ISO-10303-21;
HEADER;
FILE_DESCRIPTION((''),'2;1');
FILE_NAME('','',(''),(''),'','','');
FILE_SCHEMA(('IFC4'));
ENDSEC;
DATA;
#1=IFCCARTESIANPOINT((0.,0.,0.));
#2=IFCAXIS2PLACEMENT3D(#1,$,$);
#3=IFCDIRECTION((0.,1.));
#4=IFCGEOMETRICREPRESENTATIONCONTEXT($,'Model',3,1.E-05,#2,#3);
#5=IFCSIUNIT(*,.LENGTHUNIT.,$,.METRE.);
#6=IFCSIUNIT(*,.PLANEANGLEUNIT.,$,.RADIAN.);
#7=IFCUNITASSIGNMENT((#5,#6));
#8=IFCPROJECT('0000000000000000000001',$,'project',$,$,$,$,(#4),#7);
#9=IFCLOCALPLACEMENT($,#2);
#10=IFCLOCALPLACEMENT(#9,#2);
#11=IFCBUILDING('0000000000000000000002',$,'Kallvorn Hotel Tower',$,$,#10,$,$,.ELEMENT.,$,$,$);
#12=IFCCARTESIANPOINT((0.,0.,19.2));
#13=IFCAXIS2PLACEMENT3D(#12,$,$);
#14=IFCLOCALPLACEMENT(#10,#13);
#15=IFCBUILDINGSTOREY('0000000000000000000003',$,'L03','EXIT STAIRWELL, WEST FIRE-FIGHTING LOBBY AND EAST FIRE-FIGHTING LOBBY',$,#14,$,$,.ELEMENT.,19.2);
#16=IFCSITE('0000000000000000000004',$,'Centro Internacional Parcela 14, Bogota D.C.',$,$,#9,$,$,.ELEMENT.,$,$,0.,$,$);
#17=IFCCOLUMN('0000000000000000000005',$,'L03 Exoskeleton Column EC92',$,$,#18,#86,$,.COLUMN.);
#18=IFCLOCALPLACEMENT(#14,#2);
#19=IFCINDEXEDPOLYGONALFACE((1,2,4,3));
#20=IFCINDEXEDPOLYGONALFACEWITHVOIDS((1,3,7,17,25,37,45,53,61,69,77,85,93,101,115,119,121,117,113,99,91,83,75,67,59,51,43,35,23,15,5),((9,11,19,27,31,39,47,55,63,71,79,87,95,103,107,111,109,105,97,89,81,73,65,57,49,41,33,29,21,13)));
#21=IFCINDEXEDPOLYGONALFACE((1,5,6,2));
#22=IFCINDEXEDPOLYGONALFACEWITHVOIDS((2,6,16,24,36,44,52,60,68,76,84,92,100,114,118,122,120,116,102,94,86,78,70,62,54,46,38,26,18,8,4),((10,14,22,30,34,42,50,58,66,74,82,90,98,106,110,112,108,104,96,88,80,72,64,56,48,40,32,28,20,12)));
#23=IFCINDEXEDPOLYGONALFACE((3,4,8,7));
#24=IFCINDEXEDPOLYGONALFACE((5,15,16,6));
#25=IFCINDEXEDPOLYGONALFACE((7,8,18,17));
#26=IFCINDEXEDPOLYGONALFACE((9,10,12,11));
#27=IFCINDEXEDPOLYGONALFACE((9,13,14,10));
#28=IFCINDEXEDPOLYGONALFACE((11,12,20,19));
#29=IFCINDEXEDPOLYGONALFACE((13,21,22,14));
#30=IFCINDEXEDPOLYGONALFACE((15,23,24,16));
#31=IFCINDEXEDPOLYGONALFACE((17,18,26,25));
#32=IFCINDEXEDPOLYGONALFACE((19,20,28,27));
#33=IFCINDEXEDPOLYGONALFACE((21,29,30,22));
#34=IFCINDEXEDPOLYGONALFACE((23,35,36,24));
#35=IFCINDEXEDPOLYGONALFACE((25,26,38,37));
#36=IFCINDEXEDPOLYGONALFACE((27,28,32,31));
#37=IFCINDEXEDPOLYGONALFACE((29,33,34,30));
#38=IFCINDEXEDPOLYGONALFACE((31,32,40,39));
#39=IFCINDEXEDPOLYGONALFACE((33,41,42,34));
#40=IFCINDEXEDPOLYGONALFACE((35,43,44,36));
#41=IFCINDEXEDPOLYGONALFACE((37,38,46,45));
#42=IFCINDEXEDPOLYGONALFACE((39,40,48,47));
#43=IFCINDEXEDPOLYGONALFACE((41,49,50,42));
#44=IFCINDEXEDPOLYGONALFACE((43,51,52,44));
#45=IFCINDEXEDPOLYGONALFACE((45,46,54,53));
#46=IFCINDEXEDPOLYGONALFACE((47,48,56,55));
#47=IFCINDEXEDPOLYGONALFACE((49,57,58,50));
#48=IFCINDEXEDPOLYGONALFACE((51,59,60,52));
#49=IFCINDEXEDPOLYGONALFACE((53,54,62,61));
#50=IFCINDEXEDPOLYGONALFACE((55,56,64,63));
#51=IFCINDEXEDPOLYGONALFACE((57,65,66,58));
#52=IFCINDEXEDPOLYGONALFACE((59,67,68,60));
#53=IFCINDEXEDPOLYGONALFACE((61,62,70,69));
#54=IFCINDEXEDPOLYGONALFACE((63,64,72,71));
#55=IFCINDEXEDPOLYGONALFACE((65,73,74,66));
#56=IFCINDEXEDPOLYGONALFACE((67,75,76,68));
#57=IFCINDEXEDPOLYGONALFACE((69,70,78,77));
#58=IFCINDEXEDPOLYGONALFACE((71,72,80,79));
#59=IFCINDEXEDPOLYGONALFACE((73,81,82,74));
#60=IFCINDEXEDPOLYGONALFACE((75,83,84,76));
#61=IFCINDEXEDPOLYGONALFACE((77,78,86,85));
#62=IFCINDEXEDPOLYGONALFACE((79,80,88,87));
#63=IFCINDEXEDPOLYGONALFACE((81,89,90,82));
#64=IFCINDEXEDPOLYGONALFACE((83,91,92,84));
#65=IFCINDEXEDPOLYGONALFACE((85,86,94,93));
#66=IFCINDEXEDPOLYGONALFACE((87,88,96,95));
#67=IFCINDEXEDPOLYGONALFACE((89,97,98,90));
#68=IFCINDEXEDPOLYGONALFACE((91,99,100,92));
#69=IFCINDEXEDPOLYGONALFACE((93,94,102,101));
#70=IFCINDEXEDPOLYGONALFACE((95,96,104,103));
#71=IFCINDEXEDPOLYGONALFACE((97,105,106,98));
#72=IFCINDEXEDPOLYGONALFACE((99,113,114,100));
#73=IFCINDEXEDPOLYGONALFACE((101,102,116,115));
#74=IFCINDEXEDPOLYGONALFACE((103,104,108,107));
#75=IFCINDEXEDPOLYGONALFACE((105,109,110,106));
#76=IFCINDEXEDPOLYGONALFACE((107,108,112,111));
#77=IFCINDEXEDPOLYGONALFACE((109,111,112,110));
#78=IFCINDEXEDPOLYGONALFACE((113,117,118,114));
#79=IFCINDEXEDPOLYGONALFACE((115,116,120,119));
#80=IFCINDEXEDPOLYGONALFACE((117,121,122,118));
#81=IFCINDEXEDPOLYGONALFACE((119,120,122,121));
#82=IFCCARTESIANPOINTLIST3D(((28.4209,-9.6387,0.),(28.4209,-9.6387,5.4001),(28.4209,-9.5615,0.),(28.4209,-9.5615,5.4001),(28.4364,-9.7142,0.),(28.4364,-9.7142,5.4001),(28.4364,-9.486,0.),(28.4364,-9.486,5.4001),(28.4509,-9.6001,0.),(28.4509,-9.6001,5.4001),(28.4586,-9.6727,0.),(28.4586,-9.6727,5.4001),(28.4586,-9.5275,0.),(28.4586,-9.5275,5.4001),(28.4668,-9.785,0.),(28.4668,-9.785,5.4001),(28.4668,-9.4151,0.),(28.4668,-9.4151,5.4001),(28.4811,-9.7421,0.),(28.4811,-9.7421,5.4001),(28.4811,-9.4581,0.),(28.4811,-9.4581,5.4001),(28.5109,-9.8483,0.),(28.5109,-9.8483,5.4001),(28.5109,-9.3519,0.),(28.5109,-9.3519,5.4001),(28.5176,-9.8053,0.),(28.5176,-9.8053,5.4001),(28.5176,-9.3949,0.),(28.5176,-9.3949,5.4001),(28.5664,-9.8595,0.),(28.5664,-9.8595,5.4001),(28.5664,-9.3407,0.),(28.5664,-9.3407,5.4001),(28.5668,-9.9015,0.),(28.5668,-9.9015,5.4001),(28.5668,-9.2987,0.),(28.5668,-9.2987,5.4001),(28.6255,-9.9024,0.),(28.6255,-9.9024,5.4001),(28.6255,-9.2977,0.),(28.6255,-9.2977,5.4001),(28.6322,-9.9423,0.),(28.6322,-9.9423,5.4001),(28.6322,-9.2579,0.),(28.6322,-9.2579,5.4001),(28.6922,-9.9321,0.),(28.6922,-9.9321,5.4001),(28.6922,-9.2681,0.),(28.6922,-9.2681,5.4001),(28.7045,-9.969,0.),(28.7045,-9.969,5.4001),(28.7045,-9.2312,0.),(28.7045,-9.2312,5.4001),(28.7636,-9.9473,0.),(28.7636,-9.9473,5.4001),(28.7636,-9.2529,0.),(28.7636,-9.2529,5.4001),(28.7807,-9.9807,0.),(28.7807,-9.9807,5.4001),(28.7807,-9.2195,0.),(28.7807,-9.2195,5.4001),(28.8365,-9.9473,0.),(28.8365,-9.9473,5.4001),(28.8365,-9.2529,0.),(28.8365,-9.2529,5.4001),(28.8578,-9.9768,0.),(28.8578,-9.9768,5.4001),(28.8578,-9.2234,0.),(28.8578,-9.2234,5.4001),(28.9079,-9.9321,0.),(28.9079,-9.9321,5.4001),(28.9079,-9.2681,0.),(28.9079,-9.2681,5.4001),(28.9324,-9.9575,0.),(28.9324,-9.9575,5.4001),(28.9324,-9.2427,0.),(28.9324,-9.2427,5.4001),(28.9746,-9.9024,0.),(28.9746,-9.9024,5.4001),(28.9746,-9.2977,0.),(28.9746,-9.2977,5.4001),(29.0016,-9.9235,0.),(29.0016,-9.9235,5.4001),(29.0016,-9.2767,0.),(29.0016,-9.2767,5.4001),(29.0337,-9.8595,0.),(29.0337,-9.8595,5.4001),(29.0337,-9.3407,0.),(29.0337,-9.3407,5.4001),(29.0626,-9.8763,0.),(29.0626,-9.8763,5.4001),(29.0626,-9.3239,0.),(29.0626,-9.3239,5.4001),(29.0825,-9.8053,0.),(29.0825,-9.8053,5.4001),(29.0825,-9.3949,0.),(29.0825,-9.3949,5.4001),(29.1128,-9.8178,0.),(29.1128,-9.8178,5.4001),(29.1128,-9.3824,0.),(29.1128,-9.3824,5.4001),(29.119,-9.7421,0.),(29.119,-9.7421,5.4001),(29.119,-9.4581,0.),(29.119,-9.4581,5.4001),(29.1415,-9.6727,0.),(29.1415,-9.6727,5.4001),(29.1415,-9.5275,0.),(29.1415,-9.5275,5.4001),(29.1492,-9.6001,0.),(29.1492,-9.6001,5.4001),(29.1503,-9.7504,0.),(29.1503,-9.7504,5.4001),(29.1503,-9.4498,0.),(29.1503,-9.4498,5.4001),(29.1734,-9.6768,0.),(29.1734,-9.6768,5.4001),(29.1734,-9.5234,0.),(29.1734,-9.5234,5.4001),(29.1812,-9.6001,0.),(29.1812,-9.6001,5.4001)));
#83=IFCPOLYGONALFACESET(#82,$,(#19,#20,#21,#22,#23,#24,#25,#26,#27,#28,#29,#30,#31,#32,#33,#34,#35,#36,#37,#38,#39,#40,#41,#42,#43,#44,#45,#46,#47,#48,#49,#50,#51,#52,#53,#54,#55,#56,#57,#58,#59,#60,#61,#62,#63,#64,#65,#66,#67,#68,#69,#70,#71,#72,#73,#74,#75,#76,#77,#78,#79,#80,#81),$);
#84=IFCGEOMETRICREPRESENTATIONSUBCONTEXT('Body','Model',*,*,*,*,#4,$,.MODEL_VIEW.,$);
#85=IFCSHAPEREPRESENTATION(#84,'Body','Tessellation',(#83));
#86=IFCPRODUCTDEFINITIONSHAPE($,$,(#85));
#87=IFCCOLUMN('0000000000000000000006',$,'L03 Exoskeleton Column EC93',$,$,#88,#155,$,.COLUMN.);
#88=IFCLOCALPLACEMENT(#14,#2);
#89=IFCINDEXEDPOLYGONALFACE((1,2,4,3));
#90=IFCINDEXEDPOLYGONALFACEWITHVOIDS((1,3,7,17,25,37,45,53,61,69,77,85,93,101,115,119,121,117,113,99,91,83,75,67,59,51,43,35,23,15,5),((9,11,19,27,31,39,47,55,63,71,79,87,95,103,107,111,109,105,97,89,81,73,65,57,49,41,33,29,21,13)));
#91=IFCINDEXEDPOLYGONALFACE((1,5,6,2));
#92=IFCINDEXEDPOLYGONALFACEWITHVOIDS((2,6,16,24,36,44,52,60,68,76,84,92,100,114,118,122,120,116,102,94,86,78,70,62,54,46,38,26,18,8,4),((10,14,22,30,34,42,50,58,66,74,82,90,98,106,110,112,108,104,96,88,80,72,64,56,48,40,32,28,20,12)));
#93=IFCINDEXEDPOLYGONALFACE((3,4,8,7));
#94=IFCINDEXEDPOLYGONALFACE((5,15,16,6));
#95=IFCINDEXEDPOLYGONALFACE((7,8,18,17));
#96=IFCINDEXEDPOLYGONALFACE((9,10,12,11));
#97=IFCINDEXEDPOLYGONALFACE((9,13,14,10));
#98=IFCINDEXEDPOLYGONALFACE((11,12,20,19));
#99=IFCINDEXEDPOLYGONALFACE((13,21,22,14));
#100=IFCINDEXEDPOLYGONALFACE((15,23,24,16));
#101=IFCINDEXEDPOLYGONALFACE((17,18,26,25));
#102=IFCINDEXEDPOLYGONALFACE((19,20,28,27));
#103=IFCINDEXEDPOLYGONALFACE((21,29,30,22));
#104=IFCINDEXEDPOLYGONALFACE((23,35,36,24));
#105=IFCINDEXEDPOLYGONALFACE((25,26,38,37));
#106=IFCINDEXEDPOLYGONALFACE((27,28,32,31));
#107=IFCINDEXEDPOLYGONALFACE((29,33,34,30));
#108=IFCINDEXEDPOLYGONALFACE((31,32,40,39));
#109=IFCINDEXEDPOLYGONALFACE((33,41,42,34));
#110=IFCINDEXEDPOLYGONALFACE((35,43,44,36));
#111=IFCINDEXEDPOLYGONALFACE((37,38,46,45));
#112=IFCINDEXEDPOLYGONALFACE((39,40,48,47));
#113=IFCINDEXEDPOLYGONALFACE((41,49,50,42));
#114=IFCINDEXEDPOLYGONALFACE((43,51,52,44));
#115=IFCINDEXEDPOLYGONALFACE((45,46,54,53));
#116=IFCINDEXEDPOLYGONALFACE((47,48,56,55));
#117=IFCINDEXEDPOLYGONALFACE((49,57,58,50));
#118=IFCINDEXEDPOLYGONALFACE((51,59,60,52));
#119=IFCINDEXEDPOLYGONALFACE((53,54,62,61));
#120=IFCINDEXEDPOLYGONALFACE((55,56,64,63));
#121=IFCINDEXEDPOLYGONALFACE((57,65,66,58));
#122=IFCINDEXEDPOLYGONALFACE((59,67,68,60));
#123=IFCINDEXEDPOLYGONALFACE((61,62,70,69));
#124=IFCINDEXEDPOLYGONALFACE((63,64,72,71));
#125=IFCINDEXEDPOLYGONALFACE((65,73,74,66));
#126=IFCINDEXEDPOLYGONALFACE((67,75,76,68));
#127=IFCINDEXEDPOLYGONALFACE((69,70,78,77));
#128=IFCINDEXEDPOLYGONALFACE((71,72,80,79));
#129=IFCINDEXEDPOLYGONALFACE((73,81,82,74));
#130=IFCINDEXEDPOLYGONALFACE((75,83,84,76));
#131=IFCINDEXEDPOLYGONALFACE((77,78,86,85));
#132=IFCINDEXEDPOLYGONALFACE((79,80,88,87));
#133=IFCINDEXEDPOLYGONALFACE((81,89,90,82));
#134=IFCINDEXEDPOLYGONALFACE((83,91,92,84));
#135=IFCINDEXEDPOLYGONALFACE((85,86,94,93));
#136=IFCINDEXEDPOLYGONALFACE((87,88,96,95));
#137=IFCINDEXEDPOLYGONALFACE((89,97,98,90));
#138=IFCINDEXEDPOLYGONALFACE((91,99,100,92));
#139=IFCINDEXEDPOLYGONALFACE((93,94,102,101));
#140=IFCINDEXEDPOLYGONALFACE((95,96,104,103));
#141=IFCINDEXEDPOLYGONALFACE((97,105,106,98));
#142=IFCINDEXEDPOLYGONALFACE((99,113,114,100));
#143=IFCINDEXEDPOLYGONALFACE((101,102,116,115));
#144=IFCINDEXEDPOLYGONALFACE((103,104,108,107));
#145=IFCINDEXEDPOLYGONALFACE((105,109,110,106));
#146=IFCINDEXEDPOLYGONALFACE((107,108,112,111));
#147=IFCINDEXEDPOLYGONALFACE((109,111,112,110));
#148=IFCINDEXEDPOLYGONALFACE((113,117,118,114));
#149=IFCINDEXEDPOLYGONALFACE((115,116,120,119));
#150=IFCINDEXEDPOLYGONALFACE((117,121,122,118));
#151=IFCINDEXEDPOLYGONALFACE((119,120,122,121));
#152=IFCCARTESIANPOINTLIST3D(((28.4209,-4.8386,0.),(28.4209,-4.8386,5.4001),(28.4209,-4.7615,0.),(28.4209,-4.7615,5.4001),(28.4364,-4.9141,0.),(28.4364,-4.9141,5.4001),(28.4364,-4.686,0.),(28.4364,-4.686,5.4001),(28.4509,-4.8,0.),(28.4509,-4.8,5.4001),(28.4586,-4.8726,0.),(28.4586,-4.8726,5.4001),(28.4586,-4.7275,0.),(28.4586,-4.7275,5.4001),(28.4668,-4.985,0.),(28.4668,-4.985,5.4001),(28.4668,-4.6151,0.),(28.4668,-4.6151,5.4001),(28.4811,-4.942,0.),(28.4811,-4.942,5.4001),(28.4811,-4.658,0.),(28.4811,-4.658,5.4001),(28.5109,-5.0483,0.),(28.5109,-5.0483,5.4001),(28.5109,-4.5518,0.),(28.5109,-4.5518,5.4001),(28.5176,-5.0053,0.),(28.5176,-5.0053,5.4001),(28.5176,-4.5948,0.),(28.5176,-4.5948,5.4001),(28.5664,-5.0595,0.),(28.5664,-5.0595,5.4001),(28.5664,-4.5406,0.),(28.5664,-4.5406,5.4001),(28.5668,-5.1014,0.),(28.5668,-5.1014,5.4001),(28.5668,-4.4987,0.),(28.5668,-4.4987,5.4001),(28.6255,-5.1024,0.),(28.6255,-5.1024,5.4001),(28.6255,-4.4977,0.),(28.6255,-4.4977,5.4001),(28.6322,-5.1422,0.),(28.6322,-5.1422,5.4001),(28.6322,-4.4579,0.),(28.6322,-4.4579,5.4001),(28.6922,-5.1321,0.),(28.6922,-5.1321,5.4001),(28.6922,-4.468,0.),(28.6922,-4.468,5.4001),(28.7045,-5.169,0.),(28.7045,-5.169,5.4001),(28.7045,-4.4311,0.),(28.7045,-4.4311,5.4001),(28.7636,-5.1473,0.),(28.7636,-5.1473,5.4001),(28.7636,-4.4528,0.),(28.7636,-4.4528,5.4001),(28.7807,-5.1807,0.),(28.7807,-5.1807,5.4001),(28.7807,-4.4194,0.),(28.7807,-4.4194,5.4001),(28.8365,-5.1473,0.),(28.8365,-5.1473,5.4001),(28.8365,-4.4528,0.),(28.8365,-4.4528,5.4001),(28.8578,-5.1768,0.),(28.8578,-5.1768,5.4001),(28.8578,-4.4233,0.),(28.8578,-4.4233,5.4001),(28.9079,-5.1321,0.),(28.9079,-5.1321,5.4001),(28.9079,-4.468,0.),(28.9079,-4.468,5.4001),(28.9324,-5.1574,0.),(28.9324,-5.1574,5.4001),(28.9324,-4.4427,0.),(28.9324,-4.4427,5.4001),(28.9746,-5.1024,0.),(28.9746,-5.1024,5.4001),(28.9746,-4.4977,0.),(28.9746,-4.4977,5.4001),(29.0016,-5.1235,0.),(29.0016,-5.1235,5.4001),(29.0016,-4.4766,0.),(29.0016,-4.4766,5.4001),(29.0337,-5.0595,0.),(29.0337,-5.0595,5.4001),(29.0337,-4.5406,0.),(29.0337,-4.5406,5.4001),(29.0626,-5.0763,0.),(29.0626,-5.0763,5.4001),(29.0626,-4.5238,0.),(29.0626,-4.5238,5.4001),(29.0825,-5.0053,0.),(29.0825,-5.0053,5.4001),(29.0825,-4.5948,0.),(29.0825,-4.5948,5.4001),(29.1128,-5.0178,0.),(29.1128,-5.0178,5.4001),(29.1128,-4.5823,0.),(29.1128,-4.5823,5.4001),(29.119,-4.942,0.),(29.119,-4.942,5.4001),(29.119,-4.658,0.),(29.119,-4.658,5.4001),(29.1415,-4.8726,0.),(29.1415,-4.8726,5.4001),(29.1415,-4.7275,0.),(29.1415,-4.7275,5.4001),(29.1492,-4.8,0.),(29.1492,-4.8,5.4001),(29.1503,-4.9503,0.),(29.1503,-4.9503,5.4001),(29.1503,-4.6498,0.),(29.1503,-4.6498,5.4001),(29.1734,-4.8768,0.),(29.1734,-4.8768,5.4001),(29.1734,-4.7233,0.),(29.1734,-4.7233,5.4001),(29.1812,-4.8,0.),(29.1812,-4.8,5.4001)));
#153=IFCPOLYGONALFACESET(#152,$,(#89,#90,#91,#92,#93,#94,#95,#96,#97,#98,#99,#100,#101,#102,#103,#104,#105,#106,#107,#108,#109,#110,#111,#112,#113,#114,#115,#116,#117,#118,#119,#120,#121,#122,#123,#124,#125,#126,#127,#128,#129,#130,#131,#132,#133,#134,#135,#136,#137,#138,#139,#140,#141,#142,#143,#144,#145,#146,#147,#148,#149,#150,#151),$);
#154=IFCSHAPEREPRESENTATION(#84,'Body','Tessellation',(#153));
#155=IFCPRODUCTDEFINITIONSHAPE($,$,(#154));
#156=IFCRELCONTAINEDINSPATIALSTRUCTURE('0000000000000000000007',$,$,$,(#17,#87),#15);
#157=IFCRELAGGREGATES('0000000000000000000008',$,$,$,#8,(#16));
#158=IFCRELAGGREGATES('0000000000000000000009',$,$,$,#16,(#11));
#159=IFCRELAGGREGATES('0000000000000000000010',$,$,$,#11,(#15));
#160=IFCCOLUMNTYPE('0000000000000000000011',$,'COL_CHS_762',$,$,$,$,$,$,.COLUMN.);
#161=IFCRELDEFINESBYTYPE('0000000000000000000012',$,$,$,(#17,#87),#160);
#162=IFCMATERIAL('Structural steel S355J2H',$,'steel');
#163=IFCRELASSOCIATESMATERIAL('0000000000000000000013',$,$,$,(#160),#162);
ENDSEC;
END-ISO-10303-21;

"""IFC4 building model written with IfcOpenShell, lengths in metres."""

from ifc_helpers import new_model, si_unit, direction, frame, origin, origin_2d, place, context, subcontext, project, spatial, hollow_circle, extrude, material, material_profile, profile_set, type_object, element, save


model = new_model("IFC4")

# Units and contexts
model_context = context("Model", 3, precision=1e-05, world=origin(), true_north=direction((0.0, 1.0)))
body_context = subcontext(model_context, "Body", "Model", "MODEL_VIEW")
ifc_project = project(units=[si_unit("LENGTHUNIT", "METRE"), si_unit("PLANEANGLEUNIT", "RADIAN")], contexts=[model_context])

# Site, building, storey
site_placement = place(None, origin())
site = spatial("IfcSite", under=ifc_project, at=site_placement, Name="Centro Internacional Parcela 14, Bogota D.C.", CompositionType="ELEMENT", RefElevation=0.0)
building_placement = place(site_placement, origin())
building = spatial("IfcBuilding", under=site, at=building_placement, Name="Kallvorn Hotel Tower", CompositionType="ELEMENT")
storey_placement = place(building_placement, frame((0.0, 0.0, 19.2)))
storey = spatial("IfcBuildingStorey", under=building, at=storey_placement, Name="L03", Description="EXIT STAIRWELL, WEST FIRE-FIGHTING LOBBY AND EAST FIRE-FIGHTING LOBBY", CompositionType="ELEMENT", Elevation=19.2)

# Columns
ifc_material_1 = material(Name="Structural steel S355J2H", Category="steel")
ifc_material_profile_1 = material_profile(ifc_material_1, hollow_circle(Radius=0.3811, WallThickness=0.032, at=origin_2d()), Name="CHS 762x32")
ifc_profile_set_1 = profile_set([ifc_material_profile_1], Name="Structural steel S355J2H")
column_type_1 = type_object("IfcColumnType", Name="COL_CHS_762", PredefinedType="COLUMN", material=ifc_profile_set_1)
for number, where, z_axis, x_axis, name in (
    (1, (28.8, -9.6001, 0.0), (0.0, 0.0, 1.0), (1.0, 0.0, 0.0), "L03 Exoskeleton Column EC92"),
    (2, (28.8, -4.8, 0.0), (0.0, 0.0, 1.0), (1.0, 0.0, 0.0), "L03 Exoskeleton Column EC93"),
):
    element("IfcColumn", number, at=place(storey_placement, frame(where, z_axis=z_axis, x_axis=x_axis)), inside=storey, type_object=column_type_1, Name=name, PredefinedType="COLUMN", context=body_context, shape_type="SweptSolid", body=[
        extrude(hollow_circle(Radius=0.3811, WallThickness=0.032, at=origin_2d()), origin(), (0.0, 0.0, 1.0), 5.4001),
    ])

save(model, "model.ifc")
